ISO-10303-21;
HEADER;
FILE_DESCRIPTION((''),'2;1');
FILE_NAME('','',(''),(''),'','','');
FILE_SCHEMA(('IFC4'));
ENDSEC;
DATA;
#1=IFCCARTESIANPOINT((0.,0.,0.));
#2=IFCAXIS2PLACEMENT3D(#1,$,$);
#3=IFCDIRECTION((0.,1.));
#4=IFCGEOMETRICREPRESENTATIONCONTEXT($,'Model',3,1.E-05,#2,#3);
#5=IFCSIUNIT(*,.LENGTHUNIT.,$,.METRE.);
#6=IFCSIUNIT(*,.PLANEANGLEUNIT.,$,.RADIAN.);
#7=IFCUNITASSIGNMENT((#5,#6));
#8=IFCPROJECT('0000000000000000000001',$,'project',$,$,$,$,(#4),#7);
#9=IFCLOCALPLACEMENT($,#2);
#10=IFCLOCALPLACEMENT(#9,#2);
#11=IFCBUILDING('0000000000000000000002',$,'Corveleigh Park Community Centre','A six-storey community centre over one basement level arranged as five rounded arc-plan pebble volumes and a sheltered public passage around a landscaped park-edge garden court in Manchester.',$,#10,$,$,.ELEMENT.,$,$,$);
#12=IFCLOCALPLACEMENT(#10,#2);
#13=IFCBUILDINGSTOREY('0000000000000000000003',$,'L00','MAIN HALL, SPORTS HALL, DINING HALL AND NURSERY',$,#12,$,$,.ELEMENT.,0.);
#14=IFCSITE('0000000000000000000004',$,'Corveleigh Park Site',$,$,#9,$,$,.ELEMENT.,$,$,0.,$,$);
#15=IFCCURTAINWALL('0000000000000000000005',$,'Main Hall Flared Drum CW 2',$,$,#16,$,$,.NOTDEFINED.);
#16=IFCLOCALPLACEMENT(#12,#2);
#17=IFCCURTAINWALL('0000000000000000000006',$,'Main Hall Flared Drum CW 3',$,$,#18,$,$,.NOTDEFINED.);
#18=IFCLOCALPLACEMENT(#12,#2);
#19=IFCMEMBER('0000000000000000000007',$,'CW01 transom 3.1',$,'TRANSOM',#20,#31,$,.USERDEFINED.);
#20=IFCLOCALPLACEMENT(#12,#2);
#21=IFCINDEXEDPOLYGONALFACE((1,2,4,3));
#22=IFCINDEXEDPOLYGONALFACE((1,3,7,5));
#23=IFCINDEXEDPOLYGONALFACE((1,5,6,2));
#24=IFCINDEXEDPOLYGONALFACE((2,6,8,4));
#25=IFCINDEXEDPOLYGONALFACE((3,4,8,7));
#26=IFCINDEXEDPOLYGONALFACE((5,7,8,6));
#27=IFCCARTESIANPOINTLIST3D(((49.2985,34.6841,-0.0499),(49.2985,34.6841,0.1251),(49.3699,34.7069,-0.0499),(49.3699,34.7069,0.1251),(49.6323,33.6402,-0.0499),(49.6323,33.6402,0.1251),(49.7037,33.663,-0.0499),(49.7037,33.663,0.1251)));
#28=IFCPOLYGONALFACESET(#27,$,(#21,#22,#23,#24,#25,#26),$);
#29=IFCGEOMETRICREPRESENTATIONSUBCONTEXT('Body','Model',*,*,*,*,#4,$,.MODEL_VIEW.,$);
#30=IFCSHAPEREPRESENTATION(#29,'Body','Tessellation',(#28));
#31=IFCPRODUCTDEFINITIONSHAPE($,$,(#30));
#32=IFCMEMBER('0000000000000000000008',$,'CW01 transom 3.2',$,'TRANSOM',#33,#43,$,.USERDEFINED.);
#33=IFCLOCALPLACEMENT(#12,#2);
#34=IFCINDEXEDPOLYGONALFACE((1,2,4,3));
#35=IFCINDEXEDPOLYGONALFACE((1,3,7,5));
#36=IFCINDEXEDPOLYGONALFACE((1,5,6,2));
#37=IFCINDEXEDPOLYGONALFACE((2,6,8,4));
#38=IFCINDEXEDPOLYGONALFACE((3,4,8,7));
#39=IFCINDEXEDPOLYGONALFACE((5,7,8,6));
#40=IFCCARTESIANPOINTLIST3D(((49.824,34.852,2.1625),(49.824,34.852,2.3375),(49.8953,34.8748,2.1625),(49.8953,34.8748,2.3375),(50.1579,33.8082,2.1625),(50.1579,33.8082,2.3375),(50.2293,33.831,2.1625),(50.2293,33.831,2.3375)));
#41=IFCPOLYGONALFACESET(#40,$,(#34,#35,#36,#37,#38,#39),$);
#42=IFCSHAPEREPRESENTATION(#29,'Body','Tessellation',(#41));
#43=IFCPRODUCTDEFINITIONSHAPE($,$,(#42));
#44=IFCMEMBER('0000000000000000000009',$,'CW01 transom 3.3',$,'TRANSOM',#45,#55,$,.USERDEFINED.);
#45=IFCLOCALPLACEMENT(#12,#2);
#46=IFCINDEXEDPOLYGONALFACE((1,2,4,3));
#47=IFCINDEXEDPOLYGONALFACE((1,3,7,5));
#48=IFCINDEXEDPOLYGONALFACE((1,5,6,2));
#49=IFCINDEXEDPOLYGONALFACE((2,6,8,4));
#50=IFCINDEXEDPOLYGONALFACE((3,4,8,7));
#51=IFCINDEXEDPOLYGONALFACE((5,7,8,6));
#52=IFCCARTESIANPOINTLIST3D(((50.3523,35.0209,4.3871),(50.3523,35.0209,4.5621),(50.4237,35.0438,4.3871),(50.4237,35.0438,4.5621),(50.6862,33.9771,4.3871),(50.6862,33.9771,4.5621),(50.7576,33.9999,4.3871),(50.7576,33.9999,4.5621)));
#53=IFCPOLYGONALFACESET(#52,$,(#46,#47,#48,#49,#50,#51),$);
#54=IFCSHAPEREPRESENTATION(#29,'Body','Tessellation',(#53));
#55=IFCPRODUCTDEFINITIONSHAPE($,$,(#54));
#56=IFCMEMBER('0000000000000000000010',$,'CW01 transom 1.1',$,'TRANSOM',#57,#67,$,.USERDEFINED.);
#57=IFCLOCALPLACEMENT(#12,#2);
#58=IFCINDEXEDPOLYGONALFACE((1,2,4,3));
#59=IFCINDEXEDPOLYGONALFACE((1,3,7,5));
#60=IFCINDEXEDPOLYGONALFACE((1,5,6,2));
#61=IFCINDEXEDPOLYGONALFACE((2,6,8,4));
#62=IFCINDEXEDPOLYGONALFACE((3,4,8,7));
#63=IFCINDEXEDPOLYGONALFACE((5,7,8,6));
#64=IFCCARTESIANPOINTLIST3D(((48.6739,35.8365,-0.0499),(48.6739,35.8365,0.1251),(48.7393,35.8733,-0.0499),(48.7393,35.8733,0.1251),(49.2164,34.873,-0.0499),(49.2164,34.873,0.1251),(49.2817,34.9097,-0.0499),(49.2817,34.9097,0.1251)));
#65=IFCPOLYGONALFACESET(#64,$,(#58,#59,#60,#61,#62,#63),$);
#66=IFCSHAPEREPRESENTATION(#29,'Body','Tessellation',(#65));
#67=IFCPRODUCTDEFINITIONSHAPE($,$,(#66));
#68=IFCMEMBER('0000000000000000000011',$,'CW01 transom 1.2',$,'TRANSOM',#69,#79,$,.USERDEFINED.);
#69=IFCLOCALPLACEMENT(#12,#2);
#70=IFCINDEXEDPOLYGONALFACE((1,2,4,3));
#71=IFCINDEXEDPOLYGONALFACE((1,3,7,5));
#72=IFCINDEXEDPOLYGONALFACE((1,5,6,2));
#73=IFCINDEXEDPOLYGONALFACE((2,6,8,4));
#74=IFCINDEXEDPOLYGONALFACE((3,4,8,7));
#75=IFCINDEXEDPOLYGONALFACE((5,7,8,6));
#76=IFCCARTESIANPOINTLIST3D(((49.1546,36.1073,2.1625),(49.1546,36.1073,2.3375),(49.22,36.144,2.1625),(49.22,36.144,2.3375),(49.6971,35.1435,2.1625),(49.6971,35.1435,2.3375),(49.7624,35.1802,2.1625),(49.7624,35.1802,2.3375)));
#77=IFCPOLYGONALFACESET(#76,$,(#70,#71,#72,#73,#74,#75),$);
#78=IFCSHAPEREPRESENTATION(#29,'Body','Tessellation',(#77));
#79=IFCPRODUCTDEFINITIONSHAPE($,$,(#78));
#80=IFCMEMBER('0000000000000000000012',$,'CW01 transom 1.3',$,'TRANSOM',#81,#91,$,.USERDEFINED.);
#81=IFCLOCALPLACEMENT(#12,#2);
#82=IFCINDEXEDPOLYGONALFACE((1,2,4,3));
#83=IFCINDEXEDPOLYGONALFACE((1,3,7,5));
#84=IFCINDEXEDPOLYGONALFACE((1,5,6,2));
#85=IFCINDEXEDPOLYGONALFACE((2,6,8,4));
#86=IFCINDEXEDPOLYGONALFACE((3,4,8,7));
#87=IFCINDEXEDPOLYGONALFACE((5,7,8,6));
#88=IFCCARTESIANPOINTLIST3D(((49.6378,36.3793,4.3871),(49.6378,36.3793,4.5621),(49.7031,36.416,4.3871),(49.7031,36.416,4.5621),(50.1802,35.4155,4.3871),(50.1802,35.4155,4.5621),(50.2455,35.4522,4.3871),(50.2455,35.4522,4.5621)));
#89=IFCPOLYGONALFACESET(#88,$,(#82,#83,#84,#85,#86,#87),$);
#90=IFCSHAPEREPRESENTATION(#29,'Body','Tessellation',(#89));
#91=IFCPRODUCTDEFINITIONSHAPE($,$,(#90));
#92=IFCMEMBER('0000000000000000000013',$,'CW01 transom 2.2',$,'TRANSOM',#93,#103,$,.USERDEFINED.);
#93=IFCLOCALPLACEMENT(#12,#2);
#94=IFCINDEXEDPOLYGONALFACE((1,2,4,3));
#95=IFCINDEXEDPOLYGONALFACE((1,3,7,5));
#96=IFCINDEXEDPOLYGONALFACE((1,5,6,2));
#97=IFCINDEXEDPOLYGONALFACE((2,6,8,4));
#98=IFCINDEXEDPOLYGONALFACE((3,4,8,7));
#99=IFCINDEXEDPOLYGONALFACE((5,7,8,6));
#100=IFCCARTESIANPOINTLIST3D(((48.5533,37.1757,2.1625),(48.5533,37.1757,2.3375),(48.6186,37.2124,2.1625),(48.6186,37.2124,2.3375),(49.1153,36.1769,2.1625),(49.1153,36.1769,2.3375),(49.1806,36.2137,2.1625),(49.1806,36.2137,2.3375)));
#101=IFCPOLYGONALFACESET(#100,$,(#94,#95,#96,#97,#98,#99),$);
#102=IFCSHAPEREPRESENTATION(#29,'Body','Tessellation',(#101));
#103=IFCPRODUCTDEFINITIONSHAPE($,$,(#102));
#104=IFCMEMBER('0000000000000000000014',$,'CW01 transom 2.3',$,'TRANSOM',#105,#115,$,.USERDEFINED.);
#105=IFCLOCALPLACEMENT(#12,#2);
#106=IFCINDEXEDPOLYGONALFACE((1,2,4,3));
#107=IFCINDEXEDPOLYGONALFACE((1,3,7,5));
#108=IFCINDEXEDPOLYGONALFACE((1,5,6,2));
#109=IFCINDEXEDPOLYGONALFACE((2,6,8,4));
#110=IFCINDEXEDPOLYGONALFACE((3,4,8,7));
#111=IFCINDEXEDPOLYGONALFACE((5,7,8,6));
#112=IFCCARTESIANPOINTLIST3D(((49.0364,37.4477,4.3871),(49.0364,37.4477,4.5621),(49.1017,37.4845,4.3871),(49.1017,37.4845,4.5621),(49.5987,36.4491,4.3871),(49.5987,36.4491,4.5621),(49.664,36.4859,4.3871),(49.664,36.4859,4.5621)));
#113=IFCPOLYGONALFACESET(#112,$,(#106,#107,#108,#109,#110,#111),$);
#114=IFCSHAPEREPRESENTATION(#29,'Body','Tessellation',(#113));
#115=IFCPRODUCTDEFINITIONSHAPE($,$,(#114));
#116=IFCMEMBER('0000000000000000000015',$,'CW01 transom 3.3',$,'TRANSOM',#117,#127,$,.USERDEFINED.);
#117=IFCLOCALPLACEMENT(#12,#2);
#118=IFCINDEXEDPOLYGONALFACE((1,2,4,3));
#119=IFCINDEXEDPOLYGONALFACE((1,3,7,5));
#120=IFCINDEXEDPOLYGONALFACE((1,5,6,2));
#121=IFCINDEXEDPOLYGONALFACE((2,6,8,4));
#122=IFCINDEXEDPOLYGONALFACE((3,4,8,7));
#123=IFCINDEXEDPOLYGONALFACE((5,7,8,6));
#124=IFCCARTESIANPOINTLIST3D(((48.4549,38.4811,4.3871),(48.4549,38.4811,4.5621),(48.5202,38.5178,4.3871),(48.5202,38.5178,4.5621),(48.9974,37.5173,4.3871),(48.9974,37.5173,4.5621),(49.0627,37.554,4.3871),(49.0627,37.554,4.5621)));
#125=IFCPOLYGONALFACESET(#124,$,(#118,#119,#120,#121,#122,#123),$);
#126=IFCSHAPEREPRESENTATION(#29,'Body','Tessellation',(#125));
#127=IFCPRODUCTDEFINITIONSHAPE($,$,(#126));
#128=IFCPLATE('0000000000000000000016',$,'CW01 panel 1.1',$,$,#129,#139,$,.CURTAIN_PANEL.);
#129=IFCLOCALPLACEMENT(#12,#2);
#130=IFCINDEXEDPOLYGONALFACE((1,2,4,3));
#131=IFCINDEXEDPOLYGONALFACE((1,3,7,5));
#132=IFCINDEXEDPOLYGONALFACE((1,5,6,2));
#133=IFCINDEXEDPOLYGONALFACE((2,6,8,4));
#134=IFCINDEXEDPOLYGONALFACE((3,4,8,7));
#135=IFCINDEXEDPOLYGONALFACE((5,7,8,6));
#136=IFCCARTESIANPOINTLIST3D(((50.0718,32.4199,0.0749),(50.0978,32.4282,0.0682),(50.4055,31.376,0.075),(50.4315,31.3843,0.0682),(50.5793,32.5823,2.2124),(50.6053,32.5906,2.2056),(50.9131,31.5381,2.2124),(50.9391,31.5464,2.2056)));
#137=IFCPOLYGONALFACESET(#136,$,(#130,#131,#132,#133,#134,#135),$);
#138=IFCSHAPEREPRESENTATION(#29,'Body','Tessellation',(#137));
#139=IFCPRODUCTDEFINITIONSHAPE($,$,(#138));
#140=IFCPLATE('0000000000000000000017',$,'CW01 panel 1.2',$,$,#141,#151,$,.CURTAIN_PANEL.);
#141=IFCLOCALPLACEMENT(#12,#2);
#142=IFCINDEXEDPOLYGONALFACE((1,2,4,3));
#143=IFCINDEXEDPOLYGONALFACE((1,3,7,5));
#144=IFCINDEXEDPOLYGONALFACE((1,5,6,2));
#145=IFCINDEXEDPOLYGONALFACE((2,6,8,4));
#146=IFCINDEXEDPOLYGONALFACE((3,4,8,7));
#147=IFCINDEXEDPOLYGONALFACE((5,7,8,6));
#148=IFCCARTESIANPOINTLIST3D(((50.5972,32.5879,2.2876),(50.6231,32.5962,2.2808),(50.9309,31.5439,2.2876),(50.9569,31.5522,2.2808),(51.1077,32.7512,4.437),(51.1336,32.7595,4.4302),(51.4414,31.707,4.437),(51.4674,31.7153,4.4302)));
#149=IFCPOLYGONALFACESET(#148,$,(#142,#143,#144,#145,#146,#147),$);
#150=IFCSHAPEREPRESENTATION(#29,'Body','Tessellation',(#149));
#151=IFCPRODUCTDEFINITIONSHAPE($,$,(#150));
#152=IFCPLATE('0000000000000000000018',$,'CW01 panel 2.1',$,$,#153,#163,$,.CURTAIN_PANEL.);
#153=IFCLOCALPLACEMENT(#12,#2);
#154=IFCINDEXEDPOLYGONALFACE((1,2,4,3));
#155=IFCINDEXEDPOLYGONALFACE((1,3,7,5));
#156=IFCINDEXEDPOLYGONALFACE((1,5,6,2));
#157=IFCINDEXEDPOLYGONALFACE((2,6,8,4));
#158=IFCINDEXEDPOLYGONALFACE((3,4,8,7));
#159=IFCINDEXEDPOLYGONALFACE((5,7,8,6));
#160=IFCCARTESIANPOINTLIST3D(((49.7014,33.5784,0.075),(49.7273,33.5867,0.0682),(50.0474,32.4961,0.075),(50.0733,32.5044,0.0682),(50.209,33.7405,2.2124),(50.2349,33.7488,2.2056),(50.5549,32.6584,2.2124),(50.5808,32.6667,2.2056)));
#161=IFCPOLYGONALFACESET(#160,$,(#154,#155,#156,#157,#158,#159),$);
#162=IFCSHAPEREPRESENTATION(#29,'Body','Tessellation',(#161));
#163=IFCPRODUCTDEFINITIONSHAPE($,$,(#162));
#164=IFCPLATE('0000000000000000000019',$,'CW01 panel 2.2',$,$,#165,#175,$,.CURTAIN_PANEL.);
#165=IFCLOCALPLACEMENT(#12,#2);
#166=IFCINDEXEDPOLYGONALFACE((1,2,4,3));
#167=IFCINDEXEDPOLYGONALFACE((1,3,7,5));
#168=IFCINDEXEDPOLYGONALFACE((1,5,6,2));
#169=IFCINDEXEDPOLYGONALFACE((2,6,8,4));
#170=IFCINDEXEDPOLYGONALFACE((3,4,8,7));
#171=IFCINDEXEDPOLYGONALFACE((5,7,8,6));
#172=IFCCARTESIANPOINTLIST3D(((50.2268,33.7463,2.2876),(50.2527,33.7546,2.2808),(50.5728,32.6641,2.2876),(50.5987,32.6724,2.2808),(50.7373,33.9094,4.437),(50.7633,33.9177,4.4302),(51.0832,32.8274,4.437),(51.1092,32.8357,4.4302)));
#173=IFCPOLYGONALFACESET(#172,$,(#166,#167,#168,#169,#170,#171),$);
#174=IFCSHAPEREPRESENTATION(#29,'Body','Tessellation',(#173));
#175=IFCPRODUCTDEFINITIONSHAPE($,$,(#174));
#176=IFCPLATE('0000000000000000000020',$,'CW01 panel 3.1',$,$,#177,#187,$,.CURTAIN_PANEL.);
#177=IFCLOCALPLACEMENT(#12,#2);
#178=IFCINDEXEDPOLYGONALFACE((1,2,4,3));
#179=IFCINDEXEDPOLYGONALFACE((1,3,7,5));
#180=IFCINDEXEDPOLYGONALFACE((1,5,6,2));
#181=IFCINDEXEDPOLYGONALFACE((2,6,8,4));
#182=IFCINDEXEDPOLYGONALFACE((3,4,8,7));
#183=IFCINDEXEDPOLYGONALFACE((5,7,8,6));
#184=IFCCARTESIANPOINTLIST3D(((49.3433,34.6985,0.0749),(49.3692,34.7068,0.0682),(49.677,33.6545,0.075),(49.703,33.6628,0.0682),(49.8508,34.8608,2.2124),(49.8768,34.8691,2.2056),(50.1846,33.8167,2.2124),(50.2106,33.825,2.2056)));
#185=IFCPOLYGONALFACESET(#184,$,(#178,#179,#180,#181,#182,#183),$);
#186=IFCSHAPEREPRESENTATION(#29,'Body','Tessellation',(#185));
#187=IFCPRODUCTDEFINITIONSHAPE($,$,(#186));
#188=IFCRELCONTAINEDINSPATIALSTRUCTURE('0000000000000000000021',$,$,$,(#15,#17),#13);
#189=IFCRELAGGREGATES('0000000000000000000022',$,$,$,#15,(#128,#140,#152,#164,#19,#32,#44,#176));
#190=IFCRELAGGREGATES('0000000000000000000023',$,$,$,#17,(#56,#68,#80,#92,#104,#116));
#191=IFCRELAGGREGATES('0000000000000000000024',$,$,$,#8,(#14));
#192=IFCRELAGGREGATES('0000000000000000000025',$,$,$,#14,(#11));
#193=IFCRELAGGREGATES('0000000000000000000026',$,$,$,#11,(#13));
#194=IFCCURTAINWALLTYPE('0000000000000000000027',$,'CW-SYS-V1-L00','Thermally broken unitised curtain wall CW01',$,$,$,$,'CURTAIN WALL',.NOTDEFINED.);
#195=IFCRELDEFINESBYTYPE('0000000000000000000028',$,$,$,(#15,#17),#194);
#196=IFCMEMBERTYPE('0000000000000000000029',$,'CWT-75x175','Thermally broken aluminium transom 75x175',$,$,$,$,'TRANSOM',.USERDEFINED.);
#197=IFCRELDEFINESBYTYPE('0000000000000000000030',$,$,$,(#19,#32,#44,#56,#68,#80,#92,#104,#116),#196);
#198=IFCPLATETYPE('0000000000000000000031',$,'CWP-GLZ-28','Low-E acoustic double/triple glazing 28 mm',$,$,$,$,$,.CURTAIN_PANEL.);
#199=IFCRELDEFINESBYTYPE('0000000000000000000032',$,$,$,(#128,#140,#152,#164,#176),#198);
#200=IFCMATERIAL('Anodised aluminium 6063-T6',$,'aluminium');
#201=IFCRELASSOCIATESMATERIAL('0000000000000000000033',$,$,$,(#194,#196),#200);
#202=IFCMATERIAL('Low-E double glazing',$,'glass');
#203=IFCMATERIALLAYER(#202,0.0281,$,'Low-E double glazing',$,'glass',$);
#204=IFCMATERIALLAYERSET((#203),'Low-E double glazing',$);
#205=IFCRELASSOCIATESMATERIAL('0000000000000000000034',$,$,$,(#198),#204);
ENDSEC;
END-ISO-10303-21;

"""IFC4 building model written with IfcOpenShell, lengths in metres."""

from ifc_helpers import new_model, si_unit, direction, frame, origin, origin_2d, place, context, subcontext, project, spatial, polyline, rectangle, outline, extrude, material, layer, layer_set, material_profile, profile_set, type_object, element, aggregate, save


model = new_model("IFC4")

# Units and contexts
model_context = context("Model", 3, precision=1e-05, world=origin(), true_north=direction((0.0, 1.0)))
body_context = subcontext(model_context, "Body", "Model", "MODEL_VIEW")
ifc_project = project(units=[si_unit("LENGTHUNIT", "METRE"), si_unit("PLANEANGLEUNIT", "RADIAN")], contexts=[model_context])

# Site, building, storey
site_placement = place(None, origin())
site = spatial("IfcSite", under=ifc_project, at=site_placement, Name="Corveleigh Park Site", CompositionType="ELEMENT", RefElevation=0.0)
building_placement = place(site_placement, origin())
building = spatial("IfcBuilding", under=site, at=building_placement, Name="Corveleigh Park Community Centre", Description="A six-storey community centre over one basement level arranged as five rounded arc-plan pebble volumes and a sheltered public passage around a landscaped park-edge garden court in Manchester.", CompositionType="ELEMENT")
storey_placement = place(building_placement, origin())
storey = spatial("IfcBuildingStorey", under=building, at=storey_placement, Name="L00", Description="MAIN HALL, SPORTS HALL, DINING HALL AND NURSERY", CompositionType="ELEMENT", Elevation=0.0)

# Shared definitions
ifc_material_1 = material(Name="Anodised aluminium 6063-T6", Category="aluminium")
curtain_wall_type = type_object("IfcCurtainWallType", Name="CW-SYS-V1-L00", Description="Thermally broken unitised curtain wall CW01", ElementType="CURTAIN WALL", PredefinedType="NOTDEFINED", material=ifc_material_1)

# Curtain walls
curtain_wall_1_placement = place(storey_placement, origin())
curtain_wall_1 = element("IfcCurtainWall", 1, at=curtain_wall_1_placement, inside=storey, type_object=curtain_wall_type, Name="Main Hall Flared Drum CW 2", PredefinedType="NOTDEFINED")
curtain_wall_2_placement = place(storey_placement, origin())
curtain_wall_2 = element("IfcCurtainWall", 2, at=curtain_wall_2_placement, inside=storey, type_object=curtain_wall_type, Name="Main Hall Flared Drum CW 3", PredefinedType="NOTDEFINED")

# Members
ifc_material_profile_1 = material_profile(ifc_material_1, rectangle(XDim=0.075, YDim=0.175, at=origin_2d()), Name="ALU-T75x175", Category="aluminium")
ifc_profile_set_1 = profile_set([ifc_material_profile_1], Name="Anodised aluminium 6063-T6")
member_type_1 = type_object("IfcMemberType", Name="CWT-75x175", Description="Thermally broken aluminium transom 75x175", ElementType="TRANSOM", PredefinedType="USERDEFINED", material=ifc_profile_set_1)
member_1_placement = place(storey_placement, frame((49.668, 33.6516, 0.0376), z_axis=(-0.304509, 0.952509, 0.0), x_axis=(-0.952509, -0.304509, 0.0)))
member_1 = element("IfcMember", 3, at=member_1_placement, type_object=member_type_1, Name="CW01 transom 3.1", ObjectType="TRANSOM", PredefinedType="USERDEFINED", context=body_context, shape_type="SweptSolid", body=[
    extrude(rectangle(XDim=0.075, YDim=0.175, at=origin_2d()), origin(), (0.0, 0.0, 1.0), 1.0959),
])
member_2_placement = place(storey_placement, frame((50.1936, 33.8196, 2.25), z_axis=(-0.304711, 0.952445, 0.0), x_axis=(-0.952445, -0.304711, 0.0)))
member_2 = element("IfcMember", 4, at=member_2_placement, type_object=member_type_1, Name="CW01 transom 3.2", ObjectType="TRANSOM", PredefinedType="USERDEFINED", context=body_context, shape_type="SweptSolid", body=[
    extrude(rectangle(XDim=0.075, YDim=0.175, at=origin_2d()), origin(), (0.0, 0.0, 1.0), 1.0959),
])
member_3_placement = place(storey_placement, frame((50.7219, 33.9885, 4.4746), z_axis=(-0.304711, 0.952445, 0.0), x_axis=(-0.952445, -0.304711, 0.0)))
member_3 = element("IfcMember", 5, at=member_3_placement, type_object=member_type_1, Name="CW01 transom 3.3", ObjectType="TRANSOM", PredefinedType="USERDEFINED", context=body_context, shape_type="SweptSolid", body=[
    extrude(rectangle(XDim=0.075, YDim=0.175, at=origin_2d()), origin(), (0.0, 0.0, 1.0), 1.0959),
])
member_4_placement = place(storey_placement, frame((49.249, 34.8914, 0.0376), z_axis=(-0.490565, 0.871404, 0.0), x_axis=(-0.871404, -0.490565, 0.0)))
member_4 = element("IfcMember", 6, at=member_4_placement, type_object=member_type_1, Name="CW01 transom 1.1", ObjectType="TRANSOM", PredefinedType="USERDEFINED", context=body_context, shape_type="SweptSolid", body=[
    extrude(rectangle(XDim=0.075, YDim=0.175, at=origin_2d()), origin(), (0.0, 0.0, 1.0), 1.1057),
])
member_5_placement = place(storey_placement, frame((49.7297, 35.1619, 2.25), z_axis=(-0.490471, 0.871458, 0.0), x_axis=(-0.871458, -0.490471, 0.0)))
member_5 = element("IfcMember", 7, at=member_5_placement, type_object=member_type_1, Name="CW01 transom 1.2", ObjectType="TRANSOM", PredefinedType="USERDEFINED", context=body_context, shape_type="SweptSolid", body=[
    extrude(rectangle(XDim=0.075, YDim=0.175, at=origin_2d()), origin(), (0.0, 0.0, 1.0), 1.106),
])
member_6_placement = place(storey_placement, frame((50.2129, 35.4338, 4.4746), z_axis=(-0.490471, 0.871458, 0.0), x_axis=(-0.871458, -0.490471, 0.0)))
member_6 = element("IfcMember", 8, at=member_6_placement, type_object=member_type_1, Name="CW01 transom 1.3", ObjectType="TRANSOM", PredefinedType="USERDEFINED", context=body_context, shape_type="SweptSolid", body=[
    extrude(rectangle(XDim=0.075, YDim=0.175, at=origin_2d()), origin(), (0.0, 0.0, 1.0), 1.106),
])
member_7_placement = place(storey_placement, frame((49.1479, 36.1953, 2.25), z_axis=(-0.490393, 0.871502, 0.0), x_axis=(-0.871502, -0.490393, 0.0)))
member_7 = element("IfcMember", 9, at=member_7_placement, type_object=member_type_1, Name="CW01 transom 2.2", ObjectType="TRANSOM", PredefinedType="USERDEFINED", context=body_context, shape_type="SweptSolid", body=[
    extrude(rectangle(XDim=0.075, YDim=0.175, at=origin_2d()), origin(), (0.0, 0.0, 1.0), 1.146),
])
member_8_placement = place(storey_placement, frame((49.6313, 36.4675, 4.4746), z_axis=(-0.490646, 0.871359, 0.0), x_axis=(-0.871359, -0.490646, 0.0)))
member_8 = element("IfcMember", 10, at=member_8_placement, type_object=member_type_1, Name="CW01 transom 2.3", ObjectType="TRANSOM", PredefinedType="USERDEFINED", context=body_context, shape_type="SweptSolid", body=[
    extrude(rectangle(XDim=0.075, YDim=0.175, at=origin_2d()), origin(), (0.0, 0.0, 1.0), 1.146),
])
member_9_placement = place(storey_placement, frame((49.03, 37.5356, 4.4746), z_axis=(-0.490471, 0.871458, 0.0), x_axis=(-0.871458, -0.490471, 0.0)))
member_9 = element("IfcMember", 11, at=member_9_placement, type_object=member_type_1, Name="CW01 transom 3.3", ObjectType="TRANSOM", PredefinedType="USERDEFINED", context=body_context, shape_type="SweptSolid", body=[
    extrude(rectangle(XDim=0.075, YDim=0.175, at=origin_2d()), origin(), (0.0, 0.0, 1.0), 1.106),
])

# Plates
ifc_material_2 = material(Name="Low-E double glazing", Category="glass")
ifc_layer = layer(ifc_material_2, 0.0281, Name="Low-E double glazing", Category="glass")
ifc_layer_set = layer_set([ifc_layer], Name="Low-E double glazing")
plate_type = type_object("IfcPlateType", Name="CWP-GLZ-28", Description="Low-E acoustic double/triple glazing 28 mm", PredefinedType="CURTAIN_PANEL", material=ifc_layer_set)
plate_1_placement = place(storey_placement, frame((50.4055, 31.376, 0.075), z_axis=(-0.924232, -0.295434, 0.241895), x_axis=(-0.304479, 0.952519, -0.000008)))
plate_1 = element("IfcPlate", 12, at=plate_1_placement, type_object=plate_type, Name="CW01 panel 1.1", PredefinedType="CURTAIN_PANEL", context=body_context, shape_type="SweptSolid", body=[
    extrude(outline(polyline([(0.0, 0.0), (1.096, 0.0), (1.0961, -2.2029), (-0.0001, -2.2029), (0.0, 0.0)])), origin(), (0.0, 0.0, -1.0), 0.0281),
])
plate_2_placement = place(storey_placement, frame((50.9309, 31.5439, 2.2876), z_axis=(-0.924221, -0.295431, 0.24194), x_axis=(-0.304479, 0.952519, -0.000008)))
plate_2 = element("IfcPlate", 13, at=plate_2_placement, type_object=plate_type, Name="CW01 panel 1.2", PredefinedType="CURTAIN_PANEL", context=body_context, shape_type="SweptSolid", body=[
    extrude(outline(polyline([(0.0, 0.0), (1.096, 0.0), (1.0961, -2.2152), (-0.0001, -2.2152), (0.0, 0.0)])), origin(), (0.0, 0.0, -1.0), 0.0281),
])
plate_3_placement = place(storey_placement, frame((50.0474, 32.4961, 0.075), z_axis=(-0.924224, -0.29546, 0.241895), x_axis=(-0.304501, 0.952512, 0.000008)))
plate_3 = element("IfcPlate", 14, at=plate_3_placement, type_object=plate_type, Name="CW01 panel 2.1", PredefinedType="CURTAIN_PANEL", context=body_context, shape_type="SweptSolid", body=[
    extrude(outline(polyline([(0.0, 0.0), (1.1362, 0.0), (1.1361, -2.2029), (0.0001, -2.2029), (0.0, 0.0)])), origin(), (0.0, 0.0, -1.0), 0.0281),
])
plate_4_placement = place(storey_placement, frame((50.5728, 32.6641, 2.2876), z_axis=(-0.924213, -0.295456, 0.24194), x_axis=(-0.304501, 0.952512, 0.000008)))
plate_4 = element("IfcPlate", 15, at=plate_4_placement, type_object=plate_type, Name="CW01 panel 2.2", PredefinedType="CURTAIN_PANEL", context=body_context, shape_type="SweptSolid", body=[
    extrude(outline(polyline([(0.0, 0.0), (1.1362, 0.0), (1.1361, -2.2152), (0.0001, -2.2152), (0.0, 0.0)])), origin(), (0.0, 0.0, -1.0), 0.0281),
])
plate_5_placement = place(storey_placement, frame((49.677, 33.6545, 0.075), z_axis=(-0.924232, -0.295434, 0.241895), x_axis=(-0.304479, 0.952519, -0.000008)))
plate_5 = element("IfcPlate", 16, at=plate_5_placement, type_object=plate_type, Name="CW01 panel 3.1", PredefinedType="CURTAIN_PANEL", context=body_context, shape_type="SweptSolid", body=[
    extrude(outline(polyline([(0.0, 0.0), (1.096, 0.0), (1.0961, -2.2029), (-0.0001, -2.2029), (0.0, 0.0)])), origin(), (0.0, 0.0, -1.0), 0.0281),
])
aggregate(curtain_wall_1, [plate_1, plate_2, plate_3, plate_4, member_1, member_2, member_3, plate_5])
aggregate(curtain_wall_2, [member_4, member_5, member_6, member_7, member_8, member_9])

save(model, "model.ifc")
